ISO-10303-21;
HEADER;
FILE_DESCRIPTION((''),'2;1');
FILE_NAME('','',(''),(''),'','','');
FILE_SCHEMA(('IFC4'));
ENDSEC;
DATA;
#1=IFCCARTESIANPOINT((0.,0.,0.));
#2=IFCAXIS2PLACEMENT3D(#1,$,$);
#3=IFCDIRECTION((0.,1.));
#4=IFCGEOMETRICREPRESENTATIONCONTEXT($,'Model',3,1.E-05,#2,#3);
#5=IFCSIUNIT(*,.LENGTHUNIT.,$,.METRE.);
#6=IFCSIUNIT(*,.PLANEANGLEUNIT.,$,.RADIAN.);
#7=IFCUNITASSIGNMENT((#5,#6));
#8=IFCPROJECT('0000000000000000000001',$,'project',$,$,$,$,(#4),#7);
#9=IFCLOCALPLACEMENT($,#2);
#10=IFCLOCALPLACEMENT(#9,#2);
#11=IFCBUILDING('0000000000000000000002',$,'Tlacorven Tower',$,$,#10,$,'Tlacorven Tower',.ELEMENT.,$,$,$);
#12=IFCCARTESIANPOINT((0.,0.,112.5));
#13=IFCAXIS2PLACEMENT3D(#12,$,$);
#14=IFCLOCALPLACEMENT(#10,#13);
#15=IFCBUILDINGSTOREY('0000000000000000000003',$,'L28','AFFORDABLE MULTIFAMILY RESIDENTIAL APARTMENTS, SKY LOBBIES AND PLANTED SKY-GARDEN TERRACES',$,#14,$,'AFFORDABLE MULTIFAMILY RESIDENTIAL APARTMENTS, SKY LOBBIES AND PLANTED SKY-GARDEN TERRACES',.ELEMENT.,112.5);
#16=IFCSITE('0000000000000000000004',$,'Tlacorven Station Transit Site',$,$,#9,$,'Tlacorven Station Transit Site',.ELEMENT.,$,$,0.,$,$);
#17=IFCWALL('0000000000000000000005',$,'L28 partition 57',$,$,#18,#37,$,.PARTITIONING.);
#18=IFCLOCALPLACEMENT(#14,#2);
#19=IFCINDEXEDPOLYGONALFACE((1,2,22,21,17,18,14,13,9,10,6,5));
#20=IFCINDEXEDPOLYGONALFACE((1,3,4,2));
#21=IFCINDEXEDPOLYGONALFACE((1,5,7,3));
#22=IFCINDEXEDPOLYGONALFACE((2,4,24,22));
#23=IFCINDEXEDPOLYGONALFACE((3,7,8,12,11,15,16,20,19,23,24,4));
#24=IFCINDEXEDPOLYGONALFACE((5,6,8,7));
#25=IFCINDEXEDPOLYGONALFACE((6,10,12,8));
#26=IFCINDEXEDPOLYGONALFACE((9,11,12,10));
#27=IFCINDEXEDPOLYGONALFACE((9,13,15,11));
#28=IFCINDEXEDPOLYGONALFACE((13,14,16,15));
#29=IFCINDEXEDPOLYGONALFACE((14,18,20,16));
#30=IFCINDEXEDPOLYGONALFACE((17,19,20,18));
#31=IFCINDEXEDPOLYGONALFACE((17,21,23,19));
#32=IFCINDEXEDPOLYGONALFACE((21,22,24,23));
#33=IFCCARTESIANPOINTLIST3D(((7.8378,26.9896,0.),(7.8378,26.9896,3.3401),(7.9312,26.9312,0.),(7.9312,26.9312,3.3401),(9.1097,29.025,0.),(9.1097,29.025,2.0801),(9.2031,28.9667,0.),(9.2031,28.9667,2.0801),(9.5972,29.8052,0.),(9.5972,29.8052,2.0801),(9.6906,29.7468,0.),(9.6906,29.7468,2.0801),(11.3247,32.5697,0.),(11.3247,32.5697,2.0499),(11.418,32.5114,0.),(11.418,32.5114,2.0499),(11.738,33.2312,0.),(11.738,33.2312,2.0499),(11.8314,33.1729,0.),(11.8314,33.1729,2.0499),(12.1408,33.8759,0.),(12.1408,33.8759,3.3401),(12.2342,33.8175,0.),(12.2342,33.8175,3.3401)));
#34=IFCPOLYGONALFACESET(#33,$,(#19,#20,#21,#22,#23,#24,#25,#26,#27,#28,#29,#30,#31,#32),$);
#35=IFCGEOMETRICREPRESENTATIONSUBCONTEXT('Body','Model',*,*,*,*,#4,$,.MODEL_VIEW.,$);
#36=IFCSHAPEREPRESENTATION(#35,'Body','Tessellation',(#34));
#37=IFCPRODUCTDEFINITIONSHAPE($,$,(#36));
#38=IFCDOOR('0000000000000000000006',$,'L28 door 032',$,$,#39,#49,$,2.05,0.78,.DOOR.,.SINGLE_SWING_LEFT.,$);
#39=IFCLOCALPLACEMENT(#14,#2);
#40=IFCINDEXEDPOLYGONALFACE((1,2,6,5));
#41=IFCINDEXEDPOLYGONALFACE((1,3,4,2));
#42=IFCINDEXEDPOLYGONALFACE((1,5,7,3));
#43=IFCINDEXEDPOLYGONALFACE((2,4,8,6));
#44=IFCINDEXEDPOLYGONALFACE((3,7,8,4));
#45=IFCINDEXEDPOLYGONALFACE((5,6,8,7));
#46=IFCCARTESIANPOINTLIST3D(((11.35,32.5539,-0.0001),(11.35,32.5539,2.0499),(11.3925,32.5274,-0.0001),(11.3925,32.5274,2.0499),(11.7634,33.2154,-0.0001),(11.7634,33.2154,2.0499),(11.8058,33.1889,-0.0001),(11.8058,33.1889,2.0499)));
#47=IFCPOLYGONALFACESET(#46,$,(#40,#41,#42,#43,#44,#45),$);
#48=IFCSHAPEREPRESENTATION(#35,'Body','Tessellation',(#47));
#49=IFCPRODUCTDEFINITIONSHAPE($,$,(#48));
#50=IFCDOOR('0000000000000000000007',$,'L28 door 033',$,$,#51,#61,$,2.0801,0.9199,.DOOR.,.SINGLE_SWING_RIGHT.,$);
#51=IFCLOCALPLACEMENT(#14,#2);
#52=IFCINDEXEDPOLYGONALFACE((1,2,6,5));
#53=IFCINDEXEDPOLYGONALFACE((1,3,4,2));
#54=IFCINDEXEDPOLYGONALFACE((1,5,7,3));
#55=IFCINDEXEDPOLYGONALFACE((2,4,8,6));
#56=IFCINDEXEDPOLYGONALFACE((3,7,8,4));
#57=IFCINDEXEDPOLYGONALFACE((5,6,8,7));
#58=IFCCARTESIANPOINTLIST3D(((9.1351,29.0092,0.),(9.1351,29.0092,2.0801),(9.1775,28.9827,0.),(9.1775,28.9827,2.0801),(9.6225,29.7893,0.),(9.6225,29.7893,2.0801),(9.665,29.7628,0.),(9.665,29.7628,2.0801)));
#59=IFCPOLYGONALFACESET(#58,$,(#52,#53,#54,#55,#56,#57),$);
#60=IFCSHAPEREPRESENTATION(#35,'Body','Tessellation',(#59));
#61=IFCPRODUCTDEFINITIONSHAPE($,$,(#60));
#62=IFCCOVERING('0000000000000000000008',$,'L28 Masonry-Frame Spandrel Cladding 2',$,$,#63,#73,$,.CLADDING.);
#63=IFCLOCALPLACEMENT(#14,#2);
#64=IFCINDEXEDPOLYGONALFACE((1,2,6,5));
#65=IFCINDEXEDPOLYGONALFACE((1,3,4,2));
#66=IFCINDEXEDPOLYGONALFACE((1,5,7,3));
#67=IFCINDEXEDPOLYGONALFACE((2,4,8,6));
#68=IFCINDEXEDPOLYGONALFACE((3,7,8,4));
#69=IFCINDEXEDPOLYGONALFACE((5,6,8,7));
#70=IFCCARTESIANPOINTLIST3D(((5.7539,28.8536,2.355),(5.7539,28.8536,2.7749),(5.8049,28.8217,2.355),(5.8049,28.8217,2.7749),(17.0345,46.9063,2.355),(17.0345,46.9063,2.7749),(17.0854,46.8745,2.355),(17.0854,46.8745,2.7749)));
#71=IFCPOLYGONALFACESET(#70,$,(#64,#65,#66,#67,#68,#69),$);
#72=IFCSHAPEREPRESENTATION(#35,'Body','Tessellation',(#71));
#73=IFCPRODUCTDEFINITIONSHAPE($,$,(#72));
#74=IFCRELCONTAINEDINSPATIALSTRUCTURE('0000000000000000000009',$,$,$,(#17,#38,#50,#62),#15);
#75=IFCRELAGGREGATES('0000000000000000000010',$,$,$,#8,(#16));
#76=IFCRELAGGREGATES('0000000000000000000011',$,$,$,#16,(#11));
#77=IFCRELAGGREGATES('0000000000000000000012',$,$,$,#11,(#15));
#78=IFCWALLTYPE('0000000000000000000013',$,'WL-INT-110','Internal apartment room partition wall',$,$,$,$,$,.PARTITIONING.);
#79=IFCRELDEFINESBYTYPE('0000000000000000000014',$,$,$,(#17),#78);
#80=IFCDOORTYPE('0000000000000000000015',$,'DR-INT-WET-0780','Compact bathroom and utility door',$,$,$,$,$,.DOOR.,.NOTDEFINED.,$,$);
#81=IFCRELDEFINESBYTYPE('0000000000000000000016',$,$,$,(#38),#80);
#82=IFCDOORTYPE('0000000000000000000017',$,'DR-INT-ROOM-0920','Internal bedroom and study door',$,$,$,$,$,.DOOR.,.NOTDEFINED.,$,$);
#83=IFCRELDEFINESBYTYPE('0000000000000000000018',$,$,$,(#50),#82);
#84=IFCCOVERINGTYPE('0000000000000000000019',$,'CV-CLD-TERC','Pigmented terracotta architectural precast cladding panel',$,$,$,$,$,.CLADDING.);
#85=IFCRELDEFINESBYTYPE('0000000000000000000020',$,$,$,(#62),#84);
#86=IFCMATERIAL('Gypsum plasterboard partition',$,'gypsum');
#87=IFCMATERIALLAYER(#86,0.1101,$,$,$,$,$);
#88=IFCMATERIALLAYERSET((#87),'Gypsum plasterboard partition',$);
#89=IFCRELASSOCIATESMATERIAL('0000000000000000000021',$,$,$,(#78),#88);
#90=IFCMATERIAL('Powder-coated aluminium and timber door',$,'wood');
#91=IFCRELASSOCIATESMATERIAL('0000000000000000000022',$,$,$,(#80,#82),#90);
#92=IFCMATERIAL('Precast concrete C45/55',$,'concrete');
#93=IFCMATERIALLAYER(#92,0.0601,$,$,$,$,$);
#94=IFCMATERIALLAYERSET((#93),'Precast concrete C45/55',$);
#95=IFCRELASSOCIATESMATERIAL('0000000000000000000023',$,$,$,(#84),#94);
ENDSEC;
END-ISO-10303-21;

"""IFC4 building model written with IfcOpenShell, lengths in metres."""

from ifc_helpers import new_model, si_unit, direction, frame, frame_2d, origin, origin_2d, place, context, subcontext, project, spatial, rectangle, extrude, source, transform, mapped, material, layer, layer_set, type_object, element, fill, save


model = new_model("IFC4")

# Units and contexts
model_context = context("Model", 3, precision=1e-05, world=origin(), true_north=direction((0.0, 1.0)))
body_context = subcontext(model_context, "Body", "Model", "MODEL_VIEW")
ifc_project = project(units=[si_unit("LENGTHUNIT", "METRE"), si_unit("PLANEANGLEUNIT", "RADIAN")], contexts=[model_context])

# Site, building, storey
site_placement = place(None, origin())
site = spatial("IfcSite", under=ifc_project, at=site_placement, Name="Tlacorven Station Transit Site", LongName="Tlacorven Station Transit Site", CompositionType="ELEMENT", RefElevation=0.0)
building_placement = place(site_placement, origin())
building = spatial("IfcBuilding", under=site, at=building_placement, Name="Tlacorven Tower", LongName="Tlacorven Tower", CompositionType="ELEMENT")
storey_placement = place(building_placement, frame((0.0, 0.0, 112.5)))
storey = spatial("IfcBuildingStorey", under=building, at=storey_placement, Name="L28", Description="AFFORDABLE MULTIFAMILY RESIDENTIAL APARTMENTS, SKY LOBBIES AND PLANTED SKY-GARDEN TERRACES", LongName="AFFORDABLE MULTIFAMILY RESIDENTIAL APARTMENTS, SKY LOBBIES AND PLANTED SKY-GARDEN TERRACES", CompositionType="ELEMENT", Elevation=112.5)

# Wall, openings, doors
ifc_material_1 = material(Name="Gypsum plasterboard partition", Category="gypsum")
ifc_layer_1 = layer(ifc_material_1, 0.1101)
ifc_layer_set_1 = layer_set([ifc_layer_1], Name="Gypsum plasterboard partition")
wall_type_1 = type_object("IfcWallType", Name="WL-INT-110", Description="Internal apartment room partition wall", PredefinedType="PARTITIONING", material=ifc_layer_set_1)
wall_1_placement = place(storey_placement, frame((12.1875, 33.8467, 0.0), z_axis=(0.0, 0.0, 1.0), x_axis=(-0.529918, -0.848049, 0.0)))
wall_1 = element("IfcWall", 1, at=wall_1_placement, inside=storey, type_object=wall_type_1, Name="L28 partition 57", PredefinedType="PARTITIONING", context=body_context, shape_type="SweptSolid", body=[
    extrude(rectangle(XDim=8.1201, YDim=0.1101, at=frame_2d((4.0601, 0.0))), origin(), (0.0, 0.0, 1.0), 3.3401),
])
opening_1_placement = place(wall_1_placement, frame((0.76, 0.0, 0.0)))
opening_1 = element("IfcOpeningElement", 2, at=opening_1_placement, cuts=wall_1, PredefinedType="OPENING", context=body_context, shape_type="SweptSolid", body=[
    extrude(rectangle(XDim=0.78, YDim=2.05, at=frame_2d((0.3901, 1.0249))), frame((0.0, 0.0649, 0.0), z_axis=(0.0, -1.0, 0.0), x_axis=(1.0, 0.0, 0.0)), (0.0, 0.0, 1.0), 0.1301),
])
opening_2_placement = place(wall_1_placement, frame((4.8, 0.0, 0.0)))
opening_2 = element("IfcOpeningElement", 3, at=opening_2_placement, cuts=wall_1, PredefinedType="OPENING", context=body_context, shape_type="SweptSolid", body=[
    extrude(rectangle(XDim=0.9199, YDim=2.0801, at=frame_2d((0.46, 1.04))), frame((0.0, 0.0649, 0.0), z_axis=(0.0, -1.0, 0.0), x_axis=(1.0, 0.0, 0.0)), (0.0, 0.0, 1.0), 0.1301),
])
ifc_material_2 = material(Name="Powder-coated aluminium and timber door", Category="wood")
door_type_1 = type_object("IfcDoorType", Name="DR-INT-WET-0780", Description="Compact bathroom and utility door", OperationType="NOTDEFINED", PredefinedType="DOOR", material=ifc_material_2)
shared_shape_1 = source(origin(), body_context, "Body", "SweptSolid", [
    extrude(rectangle(XDim=0.78, YDim=2.05, at=frame_2d((0.3901, 1.0249))), frame((0.0, 0.0249, 0.0), z_axis=(0.0, -1.0, 0.0), x_axis=(1.0, 0.0, 0.0)), (0.0, 0.0, 1.0), 0.05),
])
door_1_placement = place(opening_1_placement, origin())
door_1 = element("IfcDoor", 4, at=door_1_placement, inside=storey, type_object=door_type_1, Name="L28 door 032", OperationType="SINGLE_SWING_LEFT", OverallHeight=2.05, OverallWidth=0.78, PredefinedType="DOOR", context=body_context, shape_type="MappedRepresentation", body=[
    mapped(shared_shape_1, transform((0.0, 0.0, 0.0), scale=1.0)),
])
fill(opening_1, door_1)
door_type_2 = type_object("IfcDoorType", Name="DR-INT-ROOM-0920", Description="Internal bedroom and study door", OperationType="NOTDEFINED", PredefinedType="DOOR", material=ifc_material_2)
shared_shape_2 = source(origin(), body_context, "Body", "SweptSolid", [
    extrude(rectangle(XDim=0.9199, YDim=2.0801, at=frame_2d((0.46, 1.04))), frame((0.0, 0.0249, 0.0), z_axis=(0.0, -1.0, 0.0), x_axis=(1.0, 0.0, 0.0)), (0.0, 0.0, 1.0), 0.05),
])
door_2_placement = place(opening_2_placement, origin())
door_2 = element("IfcDoor", 5, at=door_2_placement, inside=storey, type_object=door_type_2, Name="L28 door 033", OperationType="SINGLE_SWING_RIGHT", OverallHeight=2.0801, OverallWidth=0.9199, PredefinedType="DOOR", context=body_context, shape_type="MappedRepresentation", body=[
    mapped(shared_shape_2, transform((0.0, 0.0, 0.0), scale=1.0)),
])
fill(opening_2, door_2)

# Covering
ifc_material_3 = material(Name="Precast concrete C45/55", Category="concrete")
ifc_layer_2 = layer(ifc_material_3, 0.0601)
ifc_layer_set_2 = layer_set([ifc_layer_2], Name="Precast concrete C45/55")
covering_type = type_object("IfcCoveringType", Name="CV-CLD-TERC", Description="Pigmented terracotta architectural precast cladding panel", PredefinedType="CLADDING", material=ifc_layer_set_2)
shared_shape_3 = source(origin(), body_context, "Body", "SweptSolid", [
    extrude(rectangle(XDim=21.2874, YDim=0.0601, at=origin_2d()), origin(), (0.0, 0.0, 1.0), 0.4199),
])
covering_placement = place(storey_placement, frame((11.4197, 37.864, 2.355), z_axis=(0.0, 0.0, 1.0), x_axis=(0.529919, 0.848048, 0.0)))
element("IfcCovering", 6, at=covering_placement, inside=storey, type_object=covering_type, Name="L28 Masonry-Frame Spandrel Cladding 2", PredefinedType="CLADDING", context=body_context, shape_type="MappedRepresentation", body=[
    mapped(shared_shape_3, transform((0.0, 0.0, 0.0), scale=1.0)),
])

save(model, "model.ifc")
